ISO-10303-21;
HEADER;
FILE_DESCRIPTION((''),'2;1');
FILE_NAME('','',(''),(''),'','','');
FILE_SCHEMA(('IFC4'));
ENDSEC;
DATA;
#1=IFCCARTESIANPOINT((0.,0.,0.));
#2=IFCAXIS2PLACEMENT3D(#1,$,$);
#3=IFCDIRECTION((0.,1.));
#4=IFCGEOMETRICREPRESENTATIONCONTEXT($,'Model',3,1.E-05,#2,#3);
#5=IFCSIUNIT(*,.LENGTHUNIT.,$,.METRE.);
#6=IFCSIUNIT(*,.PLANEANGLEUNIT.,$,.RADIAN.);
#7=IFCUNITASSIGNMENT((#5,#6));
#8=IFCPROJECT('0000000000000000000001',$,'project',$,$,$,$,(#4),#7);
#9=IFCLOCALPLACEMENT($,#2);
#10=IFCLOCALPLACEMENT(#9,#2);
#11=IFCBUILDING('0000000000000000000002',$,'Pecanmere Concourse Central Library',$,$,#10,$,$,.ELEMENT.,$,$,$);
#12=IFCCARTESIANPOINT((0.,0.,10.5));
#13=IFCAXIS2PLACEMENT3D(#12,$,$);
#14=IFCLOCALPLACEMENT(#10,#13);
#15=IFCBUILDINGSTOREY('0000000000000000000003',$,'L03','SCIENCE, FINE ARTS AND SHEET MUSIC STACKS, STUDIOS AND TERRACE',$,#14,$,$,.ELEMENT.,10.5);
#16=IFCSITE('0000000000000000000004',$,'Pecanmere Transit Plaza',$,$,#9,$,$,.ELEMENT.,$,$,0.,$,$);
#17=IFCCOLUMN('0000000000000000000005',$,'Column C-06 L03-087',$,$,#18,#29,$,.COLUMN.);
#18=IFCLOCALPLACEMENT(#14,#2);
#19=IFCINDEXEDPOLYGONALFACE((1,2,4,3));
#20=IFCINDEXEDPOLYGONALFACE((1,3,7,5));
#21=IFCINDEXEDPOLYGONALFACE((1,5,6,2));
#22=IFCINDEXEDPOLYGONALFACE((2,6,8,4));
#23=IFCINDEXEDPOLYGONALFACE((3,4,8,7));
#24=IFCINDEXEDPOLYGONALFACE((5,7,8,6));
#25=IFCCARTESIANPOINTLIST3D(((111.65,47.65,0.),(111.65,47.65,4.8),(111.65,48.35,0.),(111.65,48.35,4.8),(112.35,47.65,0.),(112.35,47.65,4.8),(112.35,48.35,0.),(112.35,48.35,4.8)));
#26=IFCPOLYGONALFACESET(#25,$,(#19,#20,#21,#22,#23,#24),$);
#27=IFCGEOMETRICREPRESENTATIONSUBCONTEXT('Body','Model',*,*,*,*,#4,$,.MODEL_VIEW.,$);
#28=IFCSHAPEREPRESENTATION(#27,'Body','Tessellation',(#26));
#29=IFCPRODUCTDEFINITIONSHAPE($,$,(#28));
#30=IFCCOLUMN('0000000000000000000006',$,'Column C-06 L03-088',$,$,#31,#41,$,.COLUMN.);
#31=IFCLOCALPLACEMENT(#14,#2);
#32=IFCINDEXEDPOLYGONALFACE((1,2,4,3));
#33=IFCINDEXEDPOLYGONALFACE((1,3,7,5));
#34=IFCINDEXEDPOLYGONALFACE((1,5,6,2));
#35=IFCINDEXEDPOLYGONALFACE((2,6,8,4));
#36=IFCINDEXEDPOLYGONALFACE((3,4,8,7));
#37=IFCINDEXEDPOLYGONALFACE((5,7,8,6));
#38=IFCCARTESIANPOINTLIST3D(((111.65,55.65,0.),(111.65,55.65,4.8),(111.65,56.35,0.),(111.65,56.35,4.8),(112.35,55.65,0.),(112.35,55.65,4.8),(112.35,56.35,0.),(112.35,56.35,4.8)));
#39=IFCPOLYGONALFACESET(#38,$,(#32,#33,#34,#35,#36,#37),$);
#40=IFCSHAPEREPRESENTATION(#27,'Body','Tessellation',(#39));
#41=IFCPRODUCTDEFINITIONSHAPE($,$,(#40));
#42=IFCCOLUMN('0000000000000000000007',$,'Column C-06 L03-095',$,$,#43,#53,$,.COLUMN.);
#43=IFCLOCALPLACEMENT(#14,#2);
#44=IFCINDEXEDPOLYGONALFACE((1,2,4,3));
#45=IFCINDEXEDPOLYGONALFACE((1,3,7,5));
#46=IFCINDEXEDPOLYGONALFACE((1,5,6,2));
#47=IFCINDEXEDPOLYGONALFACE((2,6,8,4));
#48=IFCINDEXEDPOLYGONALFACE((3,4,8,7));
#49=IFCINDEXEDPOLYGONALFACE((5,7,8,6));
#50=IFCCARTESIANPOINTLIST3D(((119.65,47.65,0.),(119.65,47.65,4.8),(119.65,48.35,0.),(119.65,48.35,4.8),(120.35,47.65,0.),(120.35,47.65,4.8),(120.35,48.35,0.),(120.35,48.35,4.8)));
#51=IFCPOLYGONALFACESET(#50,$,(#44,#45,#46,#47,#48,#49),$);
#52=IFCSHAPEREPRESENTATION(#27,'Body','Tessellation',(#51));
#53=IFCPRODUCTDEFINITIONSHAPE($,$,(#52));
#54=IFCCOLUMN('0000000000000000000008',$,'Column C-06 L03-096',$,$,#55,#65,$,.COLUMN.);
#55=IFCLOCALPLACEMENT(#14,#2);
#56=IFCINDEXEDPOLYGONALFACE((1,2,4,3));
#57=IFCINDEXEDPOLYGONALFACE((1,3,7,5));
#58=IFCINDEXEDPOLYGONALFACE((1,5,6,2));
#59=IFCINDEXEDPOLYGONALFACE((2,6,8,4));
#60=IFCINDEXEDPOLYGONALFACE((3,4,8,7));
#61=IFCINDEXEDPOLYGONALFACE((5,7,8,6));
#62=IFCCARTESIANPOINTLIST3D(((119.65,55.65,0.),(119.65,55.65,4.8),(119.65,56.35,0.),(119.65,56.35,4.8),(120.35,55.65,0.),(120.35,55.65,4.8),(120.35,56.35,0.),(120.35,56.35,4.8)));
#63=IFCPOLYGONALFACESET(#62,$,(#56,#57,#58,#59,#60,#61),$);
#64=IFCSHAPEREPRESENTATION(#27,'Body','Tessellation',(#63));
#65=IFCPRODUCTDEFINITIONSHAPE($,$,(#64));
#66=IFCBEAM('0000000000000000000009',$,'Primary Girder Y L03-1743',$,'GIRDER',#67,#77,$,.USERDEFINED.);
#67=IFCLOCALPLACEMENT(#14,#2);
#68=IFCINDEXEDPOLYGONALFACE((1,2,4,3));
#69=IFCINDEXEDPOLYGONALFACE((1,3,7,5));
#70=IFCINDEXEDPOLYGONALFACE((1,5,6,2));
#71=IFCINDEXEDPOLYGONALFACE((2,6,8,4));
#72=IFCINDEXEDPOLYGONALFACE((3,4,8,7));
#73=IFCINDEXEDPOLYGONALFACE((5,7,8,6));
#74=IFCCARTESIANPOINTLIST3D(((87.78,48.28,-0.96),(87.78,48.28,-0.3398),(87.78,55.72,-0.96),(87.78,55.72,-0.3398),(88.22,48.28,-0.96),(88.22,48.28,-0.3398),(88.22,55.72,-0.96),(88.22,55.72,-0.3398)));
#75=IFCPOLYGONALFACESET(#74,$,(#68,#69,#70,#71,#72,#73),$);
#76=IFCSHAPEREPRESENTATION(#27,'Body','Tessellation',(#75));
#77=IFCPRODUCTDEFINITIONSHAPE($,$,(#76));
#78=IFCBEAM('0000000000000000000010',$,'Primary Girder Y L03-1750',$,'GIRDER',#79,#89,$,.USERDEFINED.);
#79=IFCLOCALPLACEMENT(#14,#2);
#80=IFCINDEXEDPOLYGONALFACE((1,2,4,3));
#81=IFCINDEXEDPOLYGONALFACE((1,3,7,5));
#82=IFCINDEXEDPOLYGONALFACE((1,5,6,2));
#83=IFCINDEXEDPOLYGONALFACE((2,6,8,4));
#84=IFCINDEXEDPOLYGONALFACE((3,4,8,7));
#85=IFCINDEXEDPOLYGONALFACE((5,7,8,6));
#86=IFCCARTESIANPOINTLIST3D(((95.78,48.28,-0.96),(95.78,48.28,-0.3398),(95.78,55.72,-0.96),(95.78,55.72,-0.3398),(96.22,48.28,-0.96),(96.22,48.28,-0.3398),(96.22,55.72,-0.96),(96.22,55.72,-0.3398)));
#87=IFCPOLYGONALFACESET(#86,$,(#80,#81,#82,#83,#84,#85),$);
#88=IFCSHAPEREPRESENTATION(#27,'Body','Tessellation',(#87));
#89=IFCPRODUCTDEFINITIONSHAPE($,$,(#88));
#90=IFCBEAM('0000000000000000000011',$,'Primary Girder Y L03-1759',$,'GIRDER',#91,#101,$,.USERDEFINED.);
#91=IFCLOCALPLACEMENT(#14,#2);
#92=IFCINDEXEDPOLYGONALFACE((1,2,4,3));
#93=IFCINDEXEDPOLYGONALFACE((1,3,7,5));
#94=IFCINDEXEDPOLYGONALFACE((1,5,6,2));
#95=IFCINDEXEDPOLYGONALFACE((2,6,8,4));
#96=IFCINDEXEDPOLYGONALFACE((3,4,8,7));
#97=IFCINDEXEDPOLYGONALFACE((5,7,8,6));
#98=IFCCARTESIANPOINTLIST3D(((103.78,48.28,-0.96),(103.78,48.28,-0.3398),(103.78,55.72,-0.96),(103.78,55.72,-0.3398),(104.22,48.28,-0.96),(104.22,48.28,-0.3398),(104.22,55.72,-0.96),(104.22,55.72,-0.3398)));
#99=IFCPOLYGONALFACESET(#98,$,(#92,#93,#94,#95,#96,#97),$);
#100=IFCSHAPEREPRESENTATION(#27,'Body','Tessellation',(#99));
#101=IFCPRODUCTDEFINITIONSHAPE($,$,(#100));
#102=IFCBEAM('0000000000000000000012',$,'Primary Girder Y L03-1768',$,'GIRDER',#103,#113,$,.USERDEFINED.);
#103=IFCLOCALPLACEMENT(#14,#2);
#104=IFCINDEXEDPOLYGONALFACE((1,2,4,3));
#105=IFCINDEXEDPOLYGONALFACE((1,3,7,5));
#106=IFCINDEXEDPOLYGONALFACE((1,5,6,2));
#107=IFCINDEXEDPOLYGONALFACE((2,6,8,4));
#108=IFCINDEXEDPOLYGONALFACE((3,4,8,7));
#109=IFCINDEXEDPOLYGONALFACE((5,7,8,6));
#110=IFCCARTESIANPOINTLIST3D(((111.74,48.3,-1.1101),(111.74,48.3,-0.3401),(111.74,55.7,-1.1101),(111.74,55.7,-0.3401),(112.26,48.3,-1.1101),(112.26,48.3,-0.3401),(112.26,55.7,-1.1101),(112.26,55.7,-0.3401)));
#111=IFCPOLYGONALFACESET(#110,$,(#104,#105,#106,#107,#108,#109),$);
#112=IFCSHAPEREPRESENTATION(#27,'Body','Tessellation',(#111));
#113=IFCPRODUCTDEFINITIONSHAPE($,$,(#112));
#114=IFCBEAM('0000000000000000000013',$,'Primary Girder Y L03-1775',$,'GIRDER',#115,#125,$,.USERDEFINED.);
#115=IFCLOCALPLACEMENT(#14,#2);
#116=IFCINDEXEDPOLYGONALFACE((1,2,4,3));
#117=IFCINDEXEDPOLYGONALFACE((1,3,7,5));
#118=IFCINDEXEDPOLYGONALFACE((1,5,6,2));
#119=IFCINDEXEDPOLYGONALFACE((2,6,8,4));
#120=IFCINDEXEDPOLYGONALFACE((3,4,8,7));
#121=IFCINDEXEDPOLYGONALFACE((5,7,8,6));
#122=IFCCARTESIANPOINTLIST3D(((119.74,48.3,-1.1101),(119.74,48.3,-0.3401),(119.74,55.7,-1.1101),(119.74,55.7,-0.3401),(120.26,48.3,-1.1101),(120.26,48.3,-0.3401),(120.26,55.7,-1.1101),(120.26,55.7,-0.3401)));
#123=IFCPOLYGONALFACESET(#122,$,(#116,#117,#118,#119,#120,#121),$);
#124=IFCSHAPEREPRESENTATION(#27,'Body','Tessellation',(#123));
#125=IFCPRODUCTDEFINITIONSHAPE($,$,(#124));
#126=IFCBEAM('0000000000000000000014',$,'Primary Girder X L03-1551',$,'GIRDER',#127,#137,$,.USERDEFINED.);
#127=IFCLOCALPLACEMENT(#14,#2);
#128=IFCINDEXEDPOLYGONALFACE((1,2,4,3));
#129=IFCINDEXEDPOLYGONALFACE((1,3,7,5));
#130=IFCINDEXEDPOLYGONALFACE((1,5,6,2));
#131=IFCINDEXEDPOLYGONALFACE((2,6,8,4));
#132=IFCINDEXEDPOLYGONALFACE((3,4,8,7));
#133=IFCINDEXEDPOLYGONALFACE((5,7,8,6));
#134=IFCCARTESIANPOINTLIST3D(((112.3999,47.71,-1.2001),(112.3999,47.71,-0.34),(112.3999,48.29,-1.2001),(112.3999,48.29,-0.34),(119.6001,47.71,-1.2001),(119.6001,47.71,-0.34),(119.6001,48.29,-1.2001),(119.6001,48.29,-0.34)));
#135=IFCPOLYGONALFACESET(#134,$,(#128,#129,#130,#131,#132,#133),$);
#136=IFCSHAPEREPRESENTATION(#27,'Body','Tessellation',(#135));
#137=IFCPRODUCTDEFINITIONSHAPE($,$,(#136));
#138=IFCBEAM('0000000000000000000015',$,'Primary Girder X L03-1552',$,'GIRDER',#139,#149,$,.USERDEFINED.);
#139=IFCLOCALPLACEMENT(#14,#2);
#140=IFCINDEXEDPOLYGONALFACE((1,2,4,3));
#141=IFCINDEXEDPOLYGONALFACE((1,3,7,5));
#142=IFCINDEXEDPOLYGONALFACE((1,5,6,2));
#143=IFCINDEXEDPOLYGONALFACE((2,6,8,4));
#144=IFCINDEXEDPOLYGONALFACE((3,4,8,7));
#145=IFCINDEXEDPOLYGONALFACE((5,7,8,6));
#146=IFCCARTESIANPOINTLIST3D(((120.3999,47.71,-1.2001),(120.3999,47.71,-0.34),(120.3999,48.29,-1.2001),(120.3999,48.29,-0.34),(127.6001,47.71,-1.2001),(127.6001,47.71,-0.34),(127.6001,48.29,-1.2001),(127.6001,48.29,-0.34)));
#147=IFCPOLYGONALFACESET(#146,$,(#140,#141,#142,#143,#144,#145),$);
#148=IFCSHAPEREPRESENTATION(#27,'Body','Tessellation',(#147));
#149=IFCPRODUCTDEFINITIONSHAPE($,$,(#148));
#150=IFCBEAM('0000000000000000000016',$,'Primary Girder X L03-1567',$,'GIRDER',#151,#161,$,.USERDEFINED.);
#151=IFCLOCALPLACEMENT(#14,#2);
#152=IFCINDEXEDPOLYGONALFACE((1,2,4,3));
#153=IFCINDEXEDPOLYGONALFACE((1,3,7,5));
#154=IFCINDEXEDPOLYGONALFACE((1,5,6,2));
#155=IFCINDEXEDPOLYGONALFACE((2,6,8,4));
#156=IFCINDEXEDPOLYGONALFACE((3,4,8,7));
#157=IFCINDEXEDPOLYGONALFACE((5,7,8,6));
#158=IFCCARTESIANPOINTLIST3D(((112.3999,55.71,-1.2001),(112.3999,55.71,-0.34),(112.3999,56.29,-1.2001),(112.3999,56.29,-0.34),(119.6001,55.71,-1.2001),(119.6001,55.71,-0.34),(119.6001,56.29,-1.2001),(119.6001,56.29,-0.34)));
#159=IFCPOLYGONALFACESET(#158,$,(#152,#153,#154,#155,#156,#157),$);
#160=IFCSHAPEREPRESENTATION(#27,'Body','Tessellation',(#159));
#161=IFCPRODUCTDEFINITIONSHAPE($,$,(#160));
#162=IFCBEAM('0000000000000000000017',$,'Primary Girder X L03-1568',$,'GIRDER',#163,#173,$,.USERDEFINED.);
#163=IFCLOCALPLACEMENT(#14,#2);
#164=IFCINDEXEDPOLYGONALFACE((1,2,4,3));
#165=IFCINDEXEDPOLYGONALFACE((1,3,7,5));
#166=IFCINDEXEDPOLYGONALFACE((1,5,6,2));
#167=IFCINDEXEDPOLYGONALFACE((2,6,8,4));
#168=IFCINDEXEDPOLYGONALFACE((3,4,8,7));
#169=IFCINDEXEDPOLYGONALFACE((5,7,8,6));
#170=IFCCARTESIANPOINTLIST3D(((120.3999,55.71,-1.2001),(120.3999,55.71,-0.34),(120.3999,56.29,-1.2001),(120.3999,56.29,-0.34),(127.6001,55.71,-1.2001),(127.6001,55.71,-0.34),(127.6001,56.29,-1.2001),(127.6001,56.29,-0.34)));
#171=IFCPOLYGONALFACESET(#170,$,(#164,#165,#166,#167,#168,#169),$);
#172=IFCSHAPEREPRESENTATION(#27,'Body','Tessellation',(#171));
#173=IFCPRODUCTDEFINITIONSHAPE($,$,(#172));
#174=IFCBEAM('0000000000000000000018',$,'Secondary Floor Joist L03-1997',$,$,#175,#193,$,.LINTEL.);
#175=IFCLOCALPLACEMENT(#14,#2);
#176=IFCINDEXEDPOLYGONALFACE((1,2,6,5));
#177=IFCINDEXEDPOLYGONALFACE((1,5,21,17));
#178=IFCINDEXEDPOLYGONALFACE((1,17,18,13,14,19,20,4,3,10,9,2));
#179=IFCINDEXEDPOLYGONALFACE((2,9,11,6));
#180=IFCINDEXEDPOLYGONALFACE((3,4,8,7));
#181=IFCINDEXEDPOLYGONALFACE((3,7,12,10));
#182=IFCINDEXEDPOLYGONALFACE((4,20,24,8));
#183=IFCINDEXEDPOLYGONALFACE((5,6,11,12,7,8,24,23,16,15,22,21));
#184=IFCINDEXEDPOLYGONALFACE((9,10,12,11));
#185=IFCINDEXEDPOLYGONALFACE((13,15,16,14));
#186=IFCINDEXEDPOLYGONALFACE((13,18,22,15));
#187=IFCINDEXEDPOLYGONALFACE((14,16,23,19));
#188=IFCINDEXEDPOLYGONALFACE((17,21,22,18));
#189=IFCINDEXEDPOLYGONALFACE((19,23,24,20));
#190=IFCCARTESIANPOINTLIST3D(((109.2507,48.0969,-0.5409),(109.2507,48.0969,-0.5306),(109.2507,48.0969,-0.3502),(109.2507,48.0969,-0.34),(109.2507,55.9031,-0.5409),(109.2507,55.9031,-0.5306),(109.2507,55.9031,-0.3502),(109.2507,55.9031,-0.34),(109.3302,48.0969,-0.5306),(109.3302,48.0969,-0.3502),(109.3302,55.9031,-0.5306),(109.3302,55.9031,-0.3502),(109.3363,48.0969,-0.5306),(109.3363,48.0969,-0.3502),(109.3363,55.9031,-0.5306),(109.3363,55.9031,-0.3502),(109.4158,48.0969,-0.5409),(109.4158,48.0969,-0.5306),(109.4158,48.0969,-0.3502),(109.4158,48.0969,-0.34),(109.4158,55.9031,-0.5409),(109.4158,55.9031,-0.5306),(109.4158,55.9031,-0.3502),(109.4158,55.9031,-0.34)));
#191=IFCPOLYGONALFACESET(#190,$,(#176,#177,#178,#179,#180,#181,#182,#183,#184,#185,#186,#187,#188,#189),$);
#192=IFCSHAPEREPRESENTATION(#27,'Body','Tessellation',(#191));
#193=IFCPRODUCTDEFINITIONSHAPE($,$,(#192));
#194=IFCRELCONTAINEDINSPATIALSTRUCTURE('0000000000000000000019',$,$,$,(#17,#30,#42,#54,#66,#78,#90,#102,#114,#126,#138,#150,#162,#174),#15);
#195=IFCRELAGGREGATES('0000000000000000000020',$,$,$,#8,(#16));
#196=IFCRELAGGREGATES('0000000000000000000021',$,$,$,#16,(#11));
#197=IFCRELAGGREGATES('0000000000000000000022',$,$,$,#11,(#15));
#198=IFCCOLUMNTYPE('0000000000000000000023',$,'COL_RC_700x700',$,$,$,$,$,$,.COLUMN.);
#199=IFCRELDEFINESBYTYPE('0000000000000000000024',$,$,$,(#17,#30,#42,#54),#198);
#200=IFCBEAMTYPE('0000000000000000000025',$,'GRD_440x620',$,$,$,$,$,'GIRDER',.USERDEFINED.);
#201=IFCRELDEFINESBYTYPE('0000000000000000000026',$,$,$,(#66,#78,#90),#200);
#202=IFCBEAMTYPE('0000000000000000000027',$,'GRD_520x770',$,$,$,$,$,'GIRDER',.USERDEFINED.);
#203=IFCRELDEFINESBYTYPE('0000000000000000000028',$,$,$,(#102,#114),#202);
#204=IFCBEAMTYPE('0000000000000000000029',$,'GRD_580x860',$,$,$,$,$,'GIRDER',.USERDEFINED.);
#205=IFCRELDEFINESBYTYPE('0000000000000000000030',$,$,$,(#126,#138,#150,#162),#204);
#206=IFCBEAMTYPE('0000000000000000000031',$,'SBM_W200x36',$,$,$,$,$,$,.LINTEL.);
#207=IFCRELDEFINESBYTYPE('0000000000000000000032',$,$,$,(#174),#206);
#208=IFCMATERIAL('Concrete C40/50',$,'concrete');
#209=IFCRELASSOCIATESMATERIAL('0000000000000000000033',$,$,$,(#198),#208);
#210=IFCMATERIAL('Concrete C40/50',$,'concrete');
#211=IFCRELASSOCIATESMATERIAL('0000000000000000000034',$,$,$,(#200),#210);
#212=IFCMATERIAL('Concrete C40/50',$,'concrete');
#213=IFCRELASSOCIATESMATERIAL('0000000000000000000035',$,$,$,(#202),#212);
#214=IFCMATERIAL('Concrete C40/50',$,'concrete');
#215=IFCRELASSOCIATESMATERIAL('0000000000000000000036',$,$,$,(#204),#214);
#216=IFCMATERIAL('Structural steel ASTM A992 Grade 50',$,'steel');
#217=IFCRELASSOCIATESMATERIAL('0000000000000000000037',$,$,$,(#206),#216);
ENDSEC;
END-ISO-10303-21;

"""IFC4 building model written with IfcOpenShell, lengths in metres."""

from ifc_helpers import new_model, si_unit, direction, frame, origin, origin_2d, place, context, subcontext, project, spatial, rectangle, i_section, extrude, material, material_profile, profile_set, type_object, element, save


model = new_model("IFC4")

# Units and contexts
model_context = context("Model", 3, precision=1e-05, world=origin(), true_north=direction((0.0, 1.0)))
body_context = subcontext(model_context, "Body", "Model", "MODEL_VIEW")
ifc_project = project(units=[si_unit("LENGTHUNIT", "METRE"), si_unit("PLANEANGLEUNIT", "RADIAN")], contexts=[model_context])

# Site, building, storey
site_placement = place(None, origin())
site = spatial("IfcSite", under=ifc_project, at=site_placement, Name="Pecanmere Transit Plaza", CompositionType="ELEMENT", RefElevation=0.0)
building_placement = place(site_placement, origin())
building = spatial("IfcBuilding", under=site, at=building_placement, Name="Pecanmere Concourse Central Library", CompositionType="ELEMENT")
storey_placement = place(building_placement, frame((0.0, 0.0, 10.5)))
storey = spatial("IfcBuildingStorey", under=building, at=storey_placement, Name="L03", Description="SCIENCE, FINE ARTS AND SHEET MUSIC STACKS, STUDIOS AND TERRACE", CompositionType="ELEMENT", Elevation=10.5)

# Columns
ifc_material_1 = material(Name="Concrete C40/50", Category="concrete")
ifc_material_profile_1 = material_profile(ifc_material_1, rectangle(XDim=0.7, YDim=0.7, at=origin_2d()), Name="RC 700x700")
ifc_profile_set_1 = profile_set([ifc_material_profile_1], Name="Concrete C40/50")
column_type = type_object("IfcColumnType", Name="COL_RC_700x700", PredefinedType="COLUMN", material=ifc_profile_set_1)
for number, where, z_axis, x_axis, name in (
    (1, (112.0, 48.0, 0.0), (0.0, 0.0, 1.0), (1.0, 0.0, 0.0), "Column C-06 L03-087"),
    (2, (112.0, 56.0, 0.0), (0.0, 0.0, 1.0), (1.0, 0.0, 0.0), "Column C-06 L03-088"),
    (3, (120.0, 48.0, 0.0), (0.0, 0.0, 1.0), (1.0, 0.0, 0.0), "Column C-06 L03-095"),
    (4, (120.0, 56.0, 0.0), (0.0, 0.0, 1.0), (1.0, 0.0, 0.0), "Column C-06 L03-096"),
):
    element("IfcColumn", number, at=place(storey_placement, frame(where, z_axis=z_axis, x_axis=x_axis)), inside=storey, type_object=column_type, Name=name, PredefinedType="COLUMN", context=body_context, shape_type="SweptSolid", body=[
        extrude(rectangle(XDim=0.7, YDim=0.7, at=origin_2d()), origin(), (0.0, 0.0, 1.0), 4.8),
    ])

# Beams
ifc_material_2 = material(Name="Concrete C40/50", Category="concrete")
ifc_material_profile_2 = material_profile(ifc_material_2, rectangle(XDim=0.4399, YDim=0.6201, at=origin_2d()), Name="RC 440x620")
ifc_profile_set_2 = profile_set([ifc_material_profile_2], Name="Concrete C40/50")
beam_type_1 = type_object("IfcBeamType", Name="GRD_440x620", ElementType="GIRDER", PredefinedType="USERDEFINED", material=ifc_profile_set_2)
for number, where, z_axis, x_axis, name in (
    (5, (88.0, 48.28, -0.6499), (0.0, 1.0, 0.0), (-1.0, 0.0, 0.0), "Primary Girder Y L03-1743"),
    (6, (96.0, 48.28, -0.6499), (0.0, 1.0, 0.0), (-1.0, 0.0, 0.0), "Primary Girder Y L03-1750"),
    (7, (104.0, 48.28, -0.6499), (0.0, 1.0, 0.0), (-1.0, 0.0, 0.0), "Primary Girder Y L03-1759"),
):
    element("IfcBeam", number, at=place(storey_placement, frame(where, z_axis=z_axis, x_axis=x_axis)), inside=storey, type_object=beam_type_1, Name=name, ObjectType="GIRDER", PredefinedType="USERDEFINED", context=body_context, shape_type="SweptSolid", body=[
        extrude(rectangle(XDim=0.4399, YDim=0.6201, at=origin_2d()), origin(), (0.0, 0.0, 1.0), 7.4399),
    ])
ifc_material_3 = material(Name="Concrete C40/50", Category="concrete")
ifc_material_profile_3 = material_profile(ifc_material_3, rectangle(XDim=0.52, YDim=0.77, at=origin_2d()), Name="RC 520x770")
ifc_profile_set_3 = profile_set([ifc_material_profile_3], Name="Concrete C40/50")
beam_type_2 = type_object("IfcBeamType", Name="GRD_520x770", ElementType="GIRDER", PredefinedType="USERDEFINED", material=ifc_profile_set_3)
for number, where, z_axis, x_axis, name in (
    (8, (112.0, 48.3, -0.7251), (0.0, 1.0, 0.0), (-1.0, 0.0, 0.0), "Primary Girder Y L03-1768"),
    (9, (120.0, 48.3, -0.7251), (0.0, 1.0, 0.0), (-1.0, 0.0, 0.0), "Primary Girder Y L03-1775"),
):
    element("IfcBeam", number, at=place(storey_placement, frame(where, z_axis=z_axis, x_axis=x_axis)), inside=storey, type_object=beam_type_2, Name=name, ObjectType="GIRDER", PredefinedType="USERDEFINED", context=body_context, shape_type="SweptSolid", body=[
        extrude(rectangle(XDim=0.52, YDim=0.77, at=origin_2d()), origin(), (0.0, 0.0, 1.0), 7.3999),
    ])
ifc_material_4 = material(Name="Concrete C40/50", Category="concrete")
ifc_material_profile_4 = material_profile(ifc_material_4, rectangle(XDim=0.5801, YDim=0.8601, at=origin_2d()), Name="RC 580x860")
ifc_profile_set_4 = profile_set([ifc_material_profile_4], Name="Concrete C40/50")
beam_type_3 = type_object("IfcBeamType", Name="GRD_580x860", ElementType="GIRDER", PredefinedType="USERDEFINED", material=ifc_profile_set_4)
for number, where, z_axis, x_axis, name in (
    (10, (112.3999, 48.0, -0.77), (1.0, 0.0, 0.0), (0.0, 1.0, 0.0), "Primary Girder X L03-1551"),
    (11, (120.3999, 48.0, -0.77), (1.0, 0.0, 0.0), (0.0, 1.0, 0.0), "Primary Girder X L03-1552"),
    (12, (112.3999, 56.0, -0.77), (1.0, 0.0, 0.0), (0.0, 1.0, 0.0), "Primary Girder X L03-1567"),
    (13, (120.3999, 56.0, -0.77), (1.0, 0.0, 0.0), (0.0, 1.0, 0.0), "Primary Girder X L03-1568"),
):
    element("IfcBeam", number, at=place(storey_placement, frame(where, z_axis=z_axis, x_axis=x_axis)), inside=storey, type_object=beam_type_3, Name=name, ObjectType="GIRDER", PredefinedType="USERDEFINED", context=body_context, shape_type="SweptSolid", body=[
        extrude(rectangle(XDim=0.5801, YDim=0.8601, at=origin_2d()), origin(), (0.0, 0.0, 1.0), 7.2002),
    ])
ifc_material_5 = material(Name="Structural steel ASTM A992 Grade 50", Category="steel")
ifc_material_profile_5 = material_profile(ifc_material_5, i_section(OverallWidth=0.165, OverallDepth=0.2009, WebThickness=0.0061, FlangeThickness=0.0103, at=origin_2d()), Name="W200x35.9")
ifc_profile_set_5 = profile_set([ifc_material_profile_5], Name="Structural steel ASTM A992 Grade 50")
beam_type_4 = type_object("IfcBeamType", Name="SBM_W200x36", PredefinedType="LINTEL", material=ifc_profile_set_5)
beam_1_placement = place(storey_placement, frame((109.3333, 48.0969, -0.4404), z_axis=(0.0, 1.0, 0.0), x_axis=(-1.0, 0.0, 0.0)))
element("IfcBeam", 14, at=beam_1_placement, inside=storey, type_object=beam_type_4, Name="Secondary Floor Joist L03-1997", PredefinedType="LINTEL", context=body_context, shape_type="SweptSolid", body=[
    extrude(i_section(OverallWidth=0.165, OverallDepth=0.2009, WebThickness=0.0061, FlangeThickness=0.0103, at=origin_2d()), origin(), (0.0, 0.0, 1.0), 7.8062),
])

save(model, "model.ifc")
